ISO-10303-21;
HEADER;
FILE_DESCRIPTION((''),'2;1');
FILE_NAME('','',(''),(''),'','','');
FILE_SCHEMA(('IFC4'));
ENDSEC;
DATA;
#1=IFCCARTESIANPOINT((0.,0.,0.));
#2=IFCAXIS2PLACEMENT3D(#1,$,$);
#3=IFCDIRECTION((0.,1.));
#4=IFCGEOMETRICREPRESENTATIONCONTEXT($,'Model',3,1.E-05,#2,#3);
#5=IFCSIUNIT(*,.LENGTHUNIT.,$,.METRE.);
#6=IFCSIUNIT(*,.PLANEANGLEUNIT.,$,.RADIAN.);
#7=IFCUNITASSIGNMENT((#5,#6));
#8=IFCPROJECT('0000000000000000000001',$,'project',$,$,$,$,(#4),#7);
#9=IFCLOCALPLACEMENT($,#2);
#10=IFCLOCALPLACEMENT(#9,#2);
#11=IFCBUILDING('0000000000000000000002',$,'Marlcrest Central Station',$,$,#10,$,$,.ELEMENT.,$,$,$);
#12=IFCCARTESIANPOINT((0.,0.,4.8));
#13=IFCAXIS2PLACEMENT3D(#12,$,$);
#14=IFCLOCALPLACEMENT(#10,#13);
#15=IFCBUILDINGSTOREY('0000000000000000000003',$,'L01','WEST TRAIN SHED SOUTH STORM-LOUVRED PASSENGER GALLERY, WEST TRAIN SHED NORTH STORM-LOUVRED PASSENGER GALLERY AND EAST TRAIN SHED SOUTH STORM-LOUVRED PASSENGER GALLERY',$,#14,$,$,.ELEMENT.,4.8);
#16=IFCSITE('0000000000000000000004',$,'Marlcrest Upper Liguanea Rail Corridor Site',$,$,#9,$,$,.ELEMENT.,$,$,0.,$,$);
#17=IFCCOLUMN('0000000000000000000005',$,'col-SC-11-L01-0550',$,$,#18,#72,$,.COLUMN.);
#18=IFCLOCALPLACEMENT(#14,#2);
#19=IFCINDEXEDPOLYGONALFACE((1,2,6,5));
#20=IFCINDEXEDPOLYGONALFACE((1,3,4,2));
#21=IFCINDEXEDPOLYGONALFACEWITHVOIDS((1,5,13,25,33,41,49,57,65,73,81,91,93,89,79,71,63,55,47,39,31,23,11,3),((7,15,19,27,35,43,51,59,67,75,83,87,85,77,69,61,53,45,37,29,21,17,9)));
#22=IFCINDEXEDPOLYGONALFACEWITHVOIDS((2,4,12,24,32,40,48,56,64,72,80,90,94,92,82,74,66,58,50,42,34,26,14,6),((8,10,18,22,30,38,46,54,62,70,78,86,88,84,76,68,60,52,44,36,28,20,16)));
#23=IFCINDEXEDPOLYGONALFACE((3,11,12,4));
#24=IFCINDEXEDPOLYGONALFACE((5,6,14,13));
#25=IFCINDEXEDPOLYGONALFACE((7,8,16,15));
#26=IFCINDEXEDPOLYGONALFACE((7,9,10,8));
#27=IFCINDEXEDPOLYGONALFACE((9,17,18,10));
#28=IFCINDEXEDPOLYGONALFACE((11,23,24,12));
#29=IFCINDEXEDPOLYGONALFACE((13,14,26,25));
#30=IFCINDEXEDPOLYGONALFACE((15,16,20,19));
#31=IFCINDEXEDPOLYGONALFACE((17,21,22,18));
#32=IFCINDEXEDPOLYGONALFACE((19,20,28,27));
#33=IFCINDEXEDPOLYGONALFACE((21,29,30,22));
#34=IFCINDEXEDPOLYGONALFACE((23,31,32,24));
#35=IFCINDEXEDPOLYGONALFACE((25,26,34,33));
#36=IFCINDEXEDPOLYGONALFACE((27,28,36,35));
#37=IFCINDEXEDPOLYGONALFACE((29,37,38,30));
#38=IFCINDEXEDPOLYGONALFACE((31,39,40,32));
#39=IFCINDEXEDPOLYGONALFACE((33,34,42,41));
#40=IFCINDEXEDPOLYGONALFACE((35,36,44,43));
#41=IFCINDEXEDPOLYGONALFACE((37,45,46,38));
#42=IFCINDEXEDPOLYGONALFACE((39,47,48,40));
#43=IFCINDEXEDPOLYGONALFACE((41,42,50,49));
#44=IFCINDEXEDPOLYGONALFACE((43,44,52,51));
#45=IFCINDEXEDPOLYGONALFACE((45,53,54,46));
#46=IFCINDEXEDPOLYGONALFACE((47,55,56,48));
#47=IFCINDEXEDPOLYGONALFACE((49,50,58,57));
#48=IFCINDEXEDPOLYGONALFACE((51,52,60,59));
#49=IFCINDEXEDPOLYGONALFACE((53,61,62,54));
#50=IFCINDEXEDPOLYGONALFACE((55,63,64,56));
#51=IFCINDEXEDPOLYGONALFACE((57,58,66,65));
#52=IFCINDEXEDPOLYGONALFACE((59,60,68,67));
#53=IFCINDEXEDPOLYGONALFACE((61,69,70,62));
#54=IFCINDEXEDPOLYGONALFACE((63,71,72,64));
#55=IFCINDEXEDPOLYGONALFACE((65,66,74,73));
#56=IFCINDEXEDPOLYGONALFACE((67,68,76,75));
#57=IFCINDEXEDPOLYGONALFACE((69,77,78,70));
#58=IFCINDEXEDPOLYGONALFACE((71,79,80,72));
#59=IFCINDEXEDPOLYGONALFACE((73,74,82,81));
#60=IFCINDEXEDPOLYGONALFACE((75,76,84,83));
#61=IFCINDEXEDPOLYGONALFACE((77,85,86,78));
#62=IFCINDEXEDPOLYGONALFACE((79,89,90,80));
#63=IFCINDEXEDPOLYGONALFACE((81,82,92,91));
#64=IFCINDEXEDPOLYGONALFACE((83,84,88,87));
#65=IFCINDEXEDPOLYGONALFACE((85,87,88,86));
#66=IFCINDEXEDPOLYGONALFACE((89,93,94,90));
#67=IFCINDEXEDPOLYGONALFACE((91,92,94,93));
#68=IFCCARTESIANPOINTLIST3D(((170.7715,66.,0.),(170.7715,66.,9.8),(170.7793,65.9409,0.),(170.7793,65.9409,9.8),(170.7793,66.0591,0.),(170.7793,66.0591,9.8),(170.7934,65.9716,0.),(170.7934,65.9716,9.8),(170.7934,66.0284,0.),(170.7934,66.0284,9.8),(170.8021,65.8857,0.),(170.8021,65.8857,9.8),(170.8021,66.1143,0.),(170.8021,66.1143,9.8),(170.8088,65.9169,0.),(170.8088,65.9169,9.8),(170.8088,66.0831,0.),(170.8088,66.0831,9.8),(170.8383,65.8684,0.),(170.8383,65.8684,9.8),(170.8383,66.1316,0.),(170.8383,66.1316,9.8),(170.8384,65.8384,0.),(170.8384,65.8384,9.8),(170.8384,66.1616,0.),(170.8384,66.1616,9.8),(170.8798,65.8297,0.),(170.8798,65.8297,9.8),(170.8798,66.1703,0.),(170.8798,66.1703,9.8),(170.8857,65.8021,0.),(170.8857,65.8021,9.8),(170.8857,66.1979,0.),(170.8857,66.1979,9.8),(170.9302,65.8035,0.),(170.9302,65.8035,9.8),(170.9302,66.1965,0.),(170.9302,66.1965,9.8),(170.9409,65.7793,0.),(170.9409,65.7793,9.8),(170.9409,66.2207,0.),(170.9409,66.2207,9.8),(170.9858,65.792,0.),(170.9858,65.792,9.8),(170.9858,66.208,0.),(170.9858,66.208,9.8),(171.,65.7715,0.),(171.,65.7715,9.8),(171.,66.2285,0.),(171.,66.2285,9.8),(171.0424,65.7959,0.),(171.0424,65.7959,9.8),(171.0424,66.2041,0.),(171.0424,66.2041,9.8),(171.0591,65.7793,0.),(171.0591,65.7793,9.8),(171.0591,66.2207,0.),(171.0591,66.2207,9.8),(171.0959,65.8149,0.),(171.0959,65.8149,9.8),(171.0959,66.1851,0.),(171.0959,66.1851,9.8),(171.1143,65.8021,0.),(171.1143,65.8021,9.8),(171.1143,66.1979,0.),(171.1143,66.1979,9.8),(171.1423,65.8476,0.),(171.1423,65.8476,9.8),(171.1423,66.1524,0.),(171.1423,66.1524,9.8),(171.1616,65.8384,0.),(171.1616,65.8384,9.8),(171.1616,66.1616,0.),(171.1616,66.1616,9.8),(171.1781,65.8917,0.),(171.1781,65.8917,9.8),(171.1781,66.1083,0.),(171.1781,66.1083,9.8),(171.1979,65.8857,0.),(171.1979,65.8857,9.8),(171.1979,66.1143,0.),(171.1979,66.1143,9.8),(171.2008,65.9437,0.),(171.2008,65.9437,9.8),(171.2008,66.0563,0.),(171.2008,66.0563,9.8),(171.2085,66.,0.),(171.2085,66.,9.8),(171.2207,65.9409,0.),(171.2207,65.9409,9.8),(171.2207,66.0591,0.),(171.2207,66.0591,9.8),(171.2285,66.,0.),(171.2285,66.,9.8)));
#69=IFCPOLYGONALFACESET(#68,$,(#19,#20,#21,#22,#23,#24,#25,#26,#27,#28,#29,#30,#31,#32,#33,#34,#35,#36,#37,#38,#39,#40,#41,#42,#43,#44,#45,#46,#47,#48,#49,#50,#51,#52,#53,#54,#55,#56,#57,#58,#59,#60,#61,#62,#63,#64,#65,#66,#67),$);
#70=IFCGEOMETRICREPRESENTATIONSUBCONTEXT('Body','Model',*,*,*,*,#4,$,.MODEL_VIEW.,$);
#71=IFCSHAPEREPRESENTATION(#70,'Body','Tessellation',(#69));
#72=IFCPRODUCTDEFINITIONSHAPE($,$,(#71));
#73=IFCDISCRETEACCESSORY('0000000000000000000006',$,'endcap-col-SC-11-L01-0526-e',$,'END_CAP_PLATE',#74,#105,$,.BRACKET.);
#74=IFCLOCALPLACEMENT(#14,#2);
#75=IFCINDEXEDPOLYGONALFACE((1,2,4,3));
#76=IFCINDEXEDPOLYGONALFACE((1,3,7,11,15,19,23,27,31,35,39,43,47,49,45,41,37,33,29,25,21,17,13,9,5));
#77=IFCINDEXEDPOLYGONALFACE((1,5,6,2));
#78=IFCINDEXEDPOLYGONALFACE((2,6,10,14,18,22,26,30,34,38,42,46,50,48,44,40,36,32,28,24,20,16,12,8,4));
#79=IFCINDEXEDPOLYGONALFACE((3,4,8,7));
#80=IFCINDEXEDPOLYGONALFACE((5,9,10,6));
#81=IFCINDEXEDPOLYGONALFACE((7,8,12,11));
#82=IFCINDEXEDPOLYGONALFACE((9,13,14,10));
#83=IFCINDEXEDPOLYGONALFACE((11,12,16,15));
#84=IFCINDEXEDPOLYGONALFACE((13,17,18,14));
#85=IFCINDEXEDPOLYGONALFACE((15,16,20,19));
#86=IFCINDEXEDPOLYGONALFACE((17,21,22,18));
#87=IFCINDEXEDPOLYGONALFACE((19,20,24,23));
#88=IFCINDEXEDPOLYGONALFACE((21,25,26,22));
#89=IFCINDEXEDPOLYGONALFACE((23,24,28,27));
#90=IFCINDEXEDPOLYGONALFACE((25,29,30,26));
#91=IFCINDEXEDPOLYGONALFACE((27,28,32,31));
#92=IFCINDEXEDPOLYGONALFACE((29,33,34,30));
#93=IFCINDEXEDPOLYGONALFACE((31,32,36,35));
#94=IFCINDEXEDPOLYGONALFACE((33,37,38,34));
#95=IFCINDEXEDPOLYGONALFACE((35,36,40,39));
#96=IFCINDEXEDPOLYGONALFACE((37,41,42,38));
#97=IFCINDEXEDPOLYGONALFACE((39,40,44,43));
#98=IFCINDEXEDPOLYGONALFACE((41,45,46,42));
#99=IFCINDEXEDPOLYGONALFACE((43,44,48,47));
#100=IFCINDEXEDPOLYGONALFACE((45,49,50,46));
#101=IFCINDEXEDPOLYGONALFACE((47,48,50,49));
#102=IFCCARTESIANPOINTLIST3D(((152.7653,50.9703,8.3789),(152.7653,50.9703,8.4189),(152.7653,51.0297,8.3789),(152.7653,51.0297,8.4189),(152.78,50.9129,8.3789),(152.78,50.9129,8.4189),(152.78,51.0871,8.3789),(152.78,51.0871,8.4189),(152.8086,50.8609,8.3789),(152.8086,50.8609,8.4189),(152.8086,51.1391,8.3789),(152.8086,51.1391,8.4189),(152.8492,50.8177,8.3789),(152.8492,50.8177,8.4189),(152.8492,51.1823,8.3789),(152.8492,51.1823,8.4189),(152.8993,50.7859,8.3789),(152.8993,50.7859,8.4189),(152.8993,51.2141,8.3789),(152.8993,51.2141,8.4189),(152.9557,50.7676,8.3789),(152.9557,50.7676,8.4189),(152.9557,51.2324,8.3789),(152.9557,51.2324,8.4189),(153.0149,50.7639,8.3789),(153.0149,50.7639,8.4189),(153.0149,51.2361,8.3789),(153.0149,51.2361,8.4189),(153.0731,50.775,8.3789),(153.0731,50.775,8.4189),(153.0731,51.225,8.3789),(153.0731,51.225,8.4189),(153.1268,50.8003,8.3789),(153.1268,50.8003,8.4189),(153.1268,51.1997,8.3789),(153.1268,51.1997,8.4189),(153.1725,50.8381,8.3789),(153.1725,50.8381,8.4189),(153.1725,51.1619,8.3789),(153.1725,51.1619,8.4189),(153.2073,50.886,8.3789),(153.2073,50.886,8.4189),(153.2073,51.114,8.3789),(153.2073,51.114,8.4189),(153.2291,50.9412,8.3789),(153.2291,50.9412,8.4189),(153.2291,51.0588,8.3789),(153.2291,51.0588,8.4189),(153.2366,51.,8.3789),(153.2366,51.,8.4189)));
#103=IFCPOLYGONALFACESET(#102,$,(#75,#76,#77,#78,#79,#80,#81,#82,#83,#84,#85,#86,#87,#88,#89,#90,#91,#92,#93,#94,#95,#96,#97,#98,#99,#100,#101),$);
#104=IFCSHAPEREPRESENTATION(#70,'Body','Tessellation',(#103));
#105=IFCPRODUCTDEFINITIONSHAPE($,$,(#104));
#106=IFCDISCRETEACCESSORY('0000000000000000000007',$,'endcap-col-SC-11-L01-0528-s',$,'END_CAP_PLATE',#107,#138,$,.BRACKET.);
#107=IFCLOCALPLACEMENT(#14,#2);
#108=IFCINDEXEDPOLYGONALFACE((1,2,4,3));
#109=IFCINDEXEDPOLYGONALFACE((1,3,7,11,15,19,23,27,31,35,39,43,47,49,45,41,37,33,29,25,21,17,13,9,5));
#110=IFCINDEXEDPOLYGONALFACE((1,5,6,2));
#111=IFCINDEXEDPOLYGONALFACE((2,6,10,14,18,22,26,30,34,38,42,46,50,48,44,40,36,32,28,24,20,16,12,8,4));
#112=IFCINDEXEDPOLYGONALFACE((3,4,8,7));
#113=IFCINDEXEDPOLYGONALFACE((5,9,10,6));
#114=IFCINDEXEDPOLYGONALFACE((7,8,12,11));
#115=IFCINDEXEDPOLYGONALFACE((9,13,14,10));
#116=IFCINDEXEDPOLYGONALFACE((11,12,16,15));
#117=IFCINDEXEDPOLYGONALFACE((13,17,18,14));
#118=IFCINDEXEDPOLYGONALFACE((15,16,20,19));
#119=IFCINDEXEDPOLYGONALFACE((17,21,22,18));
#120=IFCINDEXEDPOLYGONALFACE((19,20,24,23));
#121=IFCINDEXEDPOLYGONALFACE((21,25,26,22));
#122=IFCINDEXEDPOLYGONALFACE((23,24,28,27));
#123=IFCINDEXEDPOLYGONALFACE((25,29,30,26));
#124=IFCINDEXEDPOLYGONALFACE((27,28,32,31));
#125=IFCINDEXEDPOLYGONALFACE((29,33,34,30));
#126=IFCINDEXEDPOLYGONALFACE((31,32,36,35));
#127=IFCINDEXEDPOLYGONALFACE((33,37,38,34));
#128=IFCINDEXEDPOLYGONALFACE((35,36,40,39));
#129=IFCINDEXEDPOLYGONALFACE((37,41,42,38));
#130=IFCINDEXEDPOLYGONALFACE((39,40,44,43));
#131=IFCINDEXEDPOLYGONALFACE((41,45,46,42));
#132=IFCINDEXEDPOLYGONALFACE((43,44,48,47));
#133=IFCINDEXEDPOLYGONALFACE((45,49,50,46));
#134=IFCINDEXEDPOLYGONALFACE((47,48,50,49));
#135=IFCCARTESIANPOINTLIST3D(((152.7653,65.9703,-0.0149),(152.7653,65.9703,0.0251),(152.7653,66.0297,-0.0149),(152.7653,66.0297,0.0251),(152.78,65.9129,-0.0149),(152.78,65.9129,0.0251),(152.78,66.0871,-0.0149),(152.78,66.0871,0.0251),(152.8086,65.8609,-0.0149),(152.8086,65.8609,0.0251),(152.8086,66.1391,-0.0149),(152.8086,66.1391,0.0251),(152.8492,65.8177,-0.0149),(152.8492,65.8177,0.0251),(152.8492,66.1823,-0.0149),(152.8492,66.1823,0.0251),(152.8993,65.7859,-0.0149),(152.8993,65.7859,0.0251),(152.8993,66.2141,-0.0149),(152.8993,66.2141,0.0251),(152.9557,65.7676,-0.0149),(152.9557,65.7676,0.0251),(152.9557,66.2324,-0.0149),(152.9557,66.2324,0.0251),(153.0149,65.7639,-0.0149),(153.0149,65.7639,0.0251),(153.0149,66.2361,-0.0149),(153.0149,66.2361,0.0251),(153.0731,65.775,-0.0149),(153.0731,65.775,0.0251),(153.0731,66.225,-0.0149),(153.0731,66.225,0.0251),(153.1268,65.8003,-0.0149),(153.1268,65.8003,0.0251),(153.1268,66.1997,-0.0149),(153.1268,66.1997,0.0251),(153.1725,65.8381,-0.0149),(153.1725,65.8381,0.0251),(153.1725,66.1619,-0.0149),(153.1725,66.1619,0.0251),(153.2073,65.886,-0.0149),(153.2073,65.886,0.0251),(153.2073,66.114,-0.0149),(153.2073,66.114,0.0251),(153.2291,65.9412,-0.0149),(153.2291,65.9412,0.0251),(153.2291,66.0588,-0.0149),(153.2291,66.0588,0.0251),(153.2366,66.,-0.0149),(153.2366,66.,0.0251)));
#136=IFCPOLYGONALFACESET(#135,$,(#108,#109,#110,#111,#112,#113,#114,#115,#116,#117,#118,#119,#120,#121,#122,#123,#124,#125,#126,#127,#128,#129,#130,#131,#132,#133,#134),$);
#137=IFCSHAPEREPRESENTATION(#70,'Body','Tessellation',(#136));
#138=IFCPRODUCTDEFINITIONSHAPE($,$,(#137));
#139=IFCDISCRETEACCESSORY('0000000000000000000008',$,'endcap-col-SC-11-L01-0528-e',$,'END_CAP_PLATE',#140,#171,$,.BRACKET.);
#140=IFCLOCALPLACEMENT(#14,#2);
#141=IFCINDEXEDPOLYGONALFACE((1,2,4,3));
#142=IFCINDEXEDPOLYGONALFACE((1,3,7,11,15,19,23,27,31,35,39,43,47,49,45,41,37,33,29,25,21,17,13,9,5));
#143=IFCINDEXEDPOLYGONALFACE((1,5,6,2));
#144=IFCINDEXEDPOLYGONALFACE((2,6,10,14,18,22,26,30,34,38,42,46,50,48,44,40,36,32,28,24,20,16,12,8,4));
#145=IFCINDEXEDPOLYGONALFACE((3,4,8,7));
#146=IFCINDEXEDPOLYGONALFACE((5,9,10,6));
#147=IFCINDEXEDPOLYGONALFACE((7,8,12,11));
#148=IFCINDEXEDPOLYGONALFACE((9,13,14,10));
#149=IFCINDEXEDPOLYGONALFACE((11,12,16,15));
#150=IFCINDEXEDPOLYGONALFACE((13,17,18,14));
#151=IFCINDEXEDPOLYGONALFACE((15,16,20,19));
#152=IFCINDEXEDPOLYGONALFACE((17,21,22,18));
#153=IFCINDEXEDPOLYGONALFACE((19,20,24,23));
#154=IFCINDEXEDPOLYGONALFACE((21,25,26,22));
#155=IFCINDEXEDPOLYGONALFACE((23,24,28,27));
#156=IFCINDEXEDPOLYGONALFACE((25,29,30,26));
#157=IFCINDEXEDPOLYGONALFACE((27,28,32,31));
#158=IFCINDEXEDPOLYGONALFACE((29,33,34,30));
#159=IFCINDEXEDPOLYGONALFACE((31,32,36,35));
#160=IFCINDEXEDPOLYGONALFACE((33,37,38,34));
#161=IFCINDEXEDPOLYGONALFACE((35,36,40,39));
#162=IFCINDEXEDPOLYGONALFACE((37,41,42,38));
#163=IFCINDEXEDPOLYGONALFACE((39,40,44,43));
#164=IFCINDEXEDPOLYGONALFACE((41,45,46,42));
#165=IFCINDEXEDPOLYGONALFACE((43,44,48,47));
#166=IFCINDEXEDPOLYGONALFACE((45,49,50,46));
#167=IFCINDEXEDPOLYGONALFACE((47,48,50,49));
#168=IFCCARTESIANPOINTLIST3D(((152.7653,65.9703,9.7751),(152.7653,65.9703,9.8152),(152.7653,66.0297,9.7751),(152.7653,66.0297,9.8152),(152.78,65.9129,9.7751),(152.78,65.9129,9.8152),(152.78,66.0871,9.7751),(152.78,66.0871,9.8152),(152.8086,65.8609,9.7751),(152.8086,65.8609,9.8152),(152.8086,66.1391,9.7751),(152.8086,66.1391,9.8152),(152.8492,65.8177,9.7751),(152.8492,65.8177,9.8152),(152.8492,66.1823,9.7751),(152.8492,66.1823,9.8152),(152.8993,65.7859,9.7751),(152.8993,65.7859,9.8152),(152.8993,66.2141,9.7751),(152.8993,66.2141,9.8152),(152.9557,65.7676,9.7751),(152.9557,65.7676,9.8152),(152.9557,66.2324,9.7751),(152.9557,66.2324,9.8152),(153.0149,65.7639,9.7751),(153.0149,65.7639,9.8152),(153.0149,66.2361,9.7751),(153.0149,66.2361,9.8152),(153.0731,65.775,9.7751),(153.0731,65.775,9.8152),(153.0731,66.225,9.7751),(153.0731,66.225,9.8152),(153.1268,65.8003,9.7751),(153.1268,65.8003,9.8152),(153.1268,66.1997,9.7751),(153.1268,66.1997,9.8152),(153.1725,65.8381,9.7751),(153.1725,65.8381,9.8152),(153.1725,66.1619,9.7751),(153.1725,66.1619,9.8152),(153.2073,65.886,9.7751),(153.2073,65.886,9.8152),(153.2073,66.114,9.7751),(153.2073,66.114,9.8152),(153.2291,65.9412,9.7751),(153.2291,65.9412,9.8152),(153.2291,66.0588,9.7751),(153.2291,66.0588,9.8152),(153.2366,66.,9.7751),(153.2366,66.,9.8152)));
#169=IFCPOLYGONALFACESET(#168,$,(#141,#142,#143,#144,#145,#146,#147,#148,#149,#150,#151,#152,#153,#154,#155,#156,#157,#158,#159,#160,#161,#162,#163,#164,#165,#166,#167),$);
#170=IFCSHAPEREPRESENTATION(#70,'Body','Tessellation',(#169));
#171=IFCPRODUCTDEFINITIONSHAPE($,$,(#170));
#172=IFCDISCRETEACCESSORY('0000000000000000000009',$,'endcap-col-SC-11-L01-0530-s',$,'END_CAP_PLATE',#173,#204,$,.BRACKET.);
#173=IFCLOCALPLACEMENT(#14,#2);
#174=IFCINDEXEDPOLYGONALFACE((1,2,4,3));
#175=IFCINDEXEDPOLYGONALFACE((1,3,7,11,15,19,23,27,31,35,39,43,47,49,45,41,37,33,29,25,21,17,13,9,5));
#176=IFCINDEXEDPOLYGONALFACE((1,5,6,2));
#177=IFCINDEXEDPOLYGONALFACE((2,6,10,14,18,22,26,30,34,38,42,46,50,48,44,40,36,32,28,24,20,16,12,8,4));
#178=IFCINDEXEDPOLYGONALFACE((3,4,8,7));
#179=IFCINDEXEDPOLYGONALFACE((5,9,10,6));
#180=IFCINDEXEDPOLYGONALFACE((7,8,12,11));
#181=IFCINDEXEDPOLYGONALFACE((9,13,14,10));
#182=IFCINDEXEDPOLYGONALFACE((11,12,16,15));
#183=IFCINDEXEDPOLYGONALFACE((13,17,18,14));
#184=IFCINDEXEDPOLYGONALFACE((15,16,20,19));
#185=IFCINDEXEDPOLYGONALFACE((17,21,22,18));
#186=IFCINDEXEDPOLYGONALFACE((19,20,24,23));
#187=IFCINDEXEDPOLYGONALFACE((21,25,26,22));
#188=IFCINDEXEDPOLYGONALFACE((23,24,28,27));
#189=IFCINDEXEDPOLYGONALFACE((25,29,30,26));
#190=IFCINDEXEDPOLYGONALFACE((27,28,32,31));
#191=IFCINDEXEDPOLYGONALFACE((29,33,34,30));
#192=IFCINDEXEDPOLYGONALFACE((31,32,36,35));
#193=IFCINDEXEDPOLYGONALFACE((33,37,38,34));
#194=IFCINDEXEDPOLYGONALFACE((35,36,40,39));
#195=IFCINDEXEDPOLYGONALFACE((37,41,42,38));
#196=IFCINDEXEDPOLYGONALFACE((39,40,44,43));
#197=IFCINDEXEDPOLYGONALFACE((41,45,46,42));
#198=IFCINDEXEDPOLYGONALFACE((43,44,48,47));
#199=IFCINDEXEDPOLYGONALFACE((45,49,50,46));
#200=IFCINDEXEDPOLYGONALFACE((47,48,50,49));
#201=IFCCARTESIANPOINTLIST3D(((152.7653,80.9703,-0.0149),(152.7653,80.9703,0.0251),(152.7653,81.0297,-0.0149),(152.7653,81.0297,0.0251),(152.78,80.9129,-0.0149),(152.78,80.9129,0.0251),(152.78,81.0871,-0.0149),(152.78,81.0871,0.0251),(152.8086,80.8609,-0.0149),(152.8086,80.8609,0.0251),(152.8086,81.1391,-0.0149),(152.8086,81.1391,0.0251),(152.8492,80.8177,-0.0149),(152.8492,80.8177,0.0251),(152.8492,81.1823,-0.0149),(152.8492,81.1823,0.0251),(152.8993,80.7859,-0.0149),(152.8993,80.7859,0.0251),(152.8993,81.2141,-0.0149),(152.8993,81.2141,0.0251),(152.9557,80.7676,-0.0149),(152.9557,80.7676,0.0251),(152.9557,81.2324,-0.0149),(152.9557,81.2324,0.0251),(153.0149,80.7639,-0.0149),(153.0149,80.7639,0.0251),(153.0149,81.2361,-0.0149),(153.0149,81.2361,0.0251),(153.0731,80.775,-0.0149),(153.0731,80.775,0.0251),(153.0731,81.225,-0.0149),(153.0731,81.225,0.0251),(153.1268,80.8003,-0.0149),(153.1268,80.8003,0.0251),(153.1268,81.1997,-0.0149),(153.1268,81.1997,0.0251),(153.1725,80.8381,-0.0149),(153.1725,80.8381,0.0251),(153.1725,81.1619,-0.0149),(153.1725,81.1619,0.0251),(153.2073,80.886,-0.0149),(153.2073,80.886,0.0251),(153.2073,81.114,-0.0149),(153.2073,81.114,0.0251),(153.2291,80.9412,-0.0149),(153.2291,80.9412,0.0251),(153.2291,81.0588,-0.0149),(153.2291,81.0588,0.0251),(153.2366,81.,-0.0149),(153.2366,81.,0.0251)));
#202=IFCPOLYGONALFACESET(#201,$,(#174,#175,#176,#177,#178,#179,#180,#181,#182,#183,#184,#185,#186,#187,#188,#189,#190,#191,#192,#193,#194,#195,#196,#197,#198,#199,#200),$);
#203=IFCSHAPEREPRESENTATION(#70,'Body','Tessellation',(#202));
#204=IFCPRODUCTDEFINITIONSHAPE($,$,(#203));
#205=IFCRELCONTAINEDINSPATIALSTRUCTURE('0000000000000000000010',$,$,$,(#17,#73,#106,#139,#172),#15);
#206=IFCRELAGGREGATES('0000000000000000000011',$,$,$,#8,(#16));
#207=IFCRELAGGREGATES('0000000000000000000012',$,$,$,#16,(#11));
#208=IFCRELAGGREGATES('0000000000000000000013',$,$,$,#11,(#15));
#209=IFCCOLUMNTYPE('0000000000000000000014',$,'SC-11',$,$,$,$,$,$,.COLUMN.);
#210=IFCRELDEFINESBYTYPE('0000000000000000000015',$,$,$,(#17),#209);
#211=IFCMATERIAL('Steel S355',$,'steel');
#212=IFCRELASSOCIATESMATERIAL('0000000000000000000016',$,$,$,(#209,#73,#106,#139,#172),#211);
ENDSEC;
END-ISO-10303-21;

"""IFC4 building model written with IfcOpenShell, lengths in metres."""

from ifc_helpers import new_model, si_unit, direction, frame, origin, origin_2d, place, context, subcontext, project, spatial, circle, hollow_circle, extrude, material, material_profile, profile_set, type_object, element, save


model = new_model("IFC4")

# Units and contexts
model_context = context("Model", 3, precision=1e-05, world=origin(), true_north=direction((0.0, 1.0)))
body_context = subcontext(model_context, "Body", "Model", "MODEL_VIEW")
ifc_project = project(units=[si_unit("LENGTHUNIT", "METRE"), si_unit("PLANEANGLEUNIT", "RADIAN")], contexts=[model_context])

# Site, building, storey
site_placement = place(None, origin())
site = spatial("IfcSite", under=ifc_project, at=site_placement, Name="Marlcrest Upper Liguanea Rail Corridor Site", CompositionType="ELEMENT", RefElevation=0.0)
building_placement = place(site_placement, origin())
building = spatial("IfcBuilding", under=site, at=building_placement, Name="Marlcrest Central Station", CompositionType="ELEMENT")
storey_placement = place(building_placement, frame((0.0, 0.0, 4.8)))
storey = spatial("IfcBuildingStorey", under=building, at=storey_placement, Name="L01", Description="WEST TRAIN SHED SOUTH STORM-LOUVRED PASSENGER GALLERY, WEST TRAIN SHED NORTH STORM-LOUVRED PASSENGER GALLERY AND EAST TRAIN SHED SOUTH STORM-LOUVRED PASSENGER GALLERY", CompositionType="ELEMENT", Elevation=4.8)

# Column
ifc_material = material(Name="Steel S355", Category="steel")
ifc_material_profile = material_profile(ifc_material, hollow_circle(Radius=0.2285, WallThickness=0.02, at=origin_2d()), Name="CHS 457x20")
ifc_profile_set = profile_set([ifc_material_profile], Name="Steel S355")
column_type = type_object("IfcColumnType", Name="SC-11", PredefinedType="COLUMN", material=ifc_profile_set)
column_1_placement = place(storey_placement, frame((171.0, 66.0, 0.0), z_axis=(0.0, 0.0, 1.0), x_axis=(1.0, 0.0, 0.0)))
element("IfcColumn", 1, at=column_1_placement, inside=storey, type_object=column_type, Name="col-SC-11-L01-0550", PredefinedType="COLUMN", context=body_context, shape_type="SweptSolid", body=[
    extrude(hollow_circle(Radius=0.2285, WallThickness=0.02, at=origin_2d()), origin(), (0.0, 0.0, 1.0), 9.8),
])

# Discrete accessories
for number, where, z_axis, x_axis, name in (
    (2, (153.0, 51.0, 8.3789), (0.0, 0.0, 1.0), (1.0, 0.0, 0.0), "endcap-col-SC-11-L01-0526-e"),
    (3, (153.0, 66.0, -0.0149), (0.0, 0.0, 1.0), (1.0, 0.0, 0.0), "endcap-col-SC-11-L01-0528-s"),
    (4, (153.0, 66.0, 9.7751), (0.0, 0.0, 1.0), (1.0, 0.0, 0.0), "endcap-col-SC-11-L01-0528-e"),
    (5, (153.0, 81.0, -0.0149), (0.0, 0.0, 1.0), (1.0, 0.0, 0.0), "endcap-col-SC-11-L01-0530-s"),
):
    element("IfcDiscreteAccessory", number, at=place(storey_placement, frame(where, z_axis=z_axis, x_axis=x_axis)), inside=storey, material=ifc_material, Name=name, ObjectType="END_CAP_PLATE", PredefinedType="BRACKET", context=body_context, shape_type="SweptSolid", body=[
        extrude(circle(Radius=0.2366, at=origin_2d()), origin(), (0.0, 0.0, 1.0), 0.04),
    ])

save(model, "model.ifc")
